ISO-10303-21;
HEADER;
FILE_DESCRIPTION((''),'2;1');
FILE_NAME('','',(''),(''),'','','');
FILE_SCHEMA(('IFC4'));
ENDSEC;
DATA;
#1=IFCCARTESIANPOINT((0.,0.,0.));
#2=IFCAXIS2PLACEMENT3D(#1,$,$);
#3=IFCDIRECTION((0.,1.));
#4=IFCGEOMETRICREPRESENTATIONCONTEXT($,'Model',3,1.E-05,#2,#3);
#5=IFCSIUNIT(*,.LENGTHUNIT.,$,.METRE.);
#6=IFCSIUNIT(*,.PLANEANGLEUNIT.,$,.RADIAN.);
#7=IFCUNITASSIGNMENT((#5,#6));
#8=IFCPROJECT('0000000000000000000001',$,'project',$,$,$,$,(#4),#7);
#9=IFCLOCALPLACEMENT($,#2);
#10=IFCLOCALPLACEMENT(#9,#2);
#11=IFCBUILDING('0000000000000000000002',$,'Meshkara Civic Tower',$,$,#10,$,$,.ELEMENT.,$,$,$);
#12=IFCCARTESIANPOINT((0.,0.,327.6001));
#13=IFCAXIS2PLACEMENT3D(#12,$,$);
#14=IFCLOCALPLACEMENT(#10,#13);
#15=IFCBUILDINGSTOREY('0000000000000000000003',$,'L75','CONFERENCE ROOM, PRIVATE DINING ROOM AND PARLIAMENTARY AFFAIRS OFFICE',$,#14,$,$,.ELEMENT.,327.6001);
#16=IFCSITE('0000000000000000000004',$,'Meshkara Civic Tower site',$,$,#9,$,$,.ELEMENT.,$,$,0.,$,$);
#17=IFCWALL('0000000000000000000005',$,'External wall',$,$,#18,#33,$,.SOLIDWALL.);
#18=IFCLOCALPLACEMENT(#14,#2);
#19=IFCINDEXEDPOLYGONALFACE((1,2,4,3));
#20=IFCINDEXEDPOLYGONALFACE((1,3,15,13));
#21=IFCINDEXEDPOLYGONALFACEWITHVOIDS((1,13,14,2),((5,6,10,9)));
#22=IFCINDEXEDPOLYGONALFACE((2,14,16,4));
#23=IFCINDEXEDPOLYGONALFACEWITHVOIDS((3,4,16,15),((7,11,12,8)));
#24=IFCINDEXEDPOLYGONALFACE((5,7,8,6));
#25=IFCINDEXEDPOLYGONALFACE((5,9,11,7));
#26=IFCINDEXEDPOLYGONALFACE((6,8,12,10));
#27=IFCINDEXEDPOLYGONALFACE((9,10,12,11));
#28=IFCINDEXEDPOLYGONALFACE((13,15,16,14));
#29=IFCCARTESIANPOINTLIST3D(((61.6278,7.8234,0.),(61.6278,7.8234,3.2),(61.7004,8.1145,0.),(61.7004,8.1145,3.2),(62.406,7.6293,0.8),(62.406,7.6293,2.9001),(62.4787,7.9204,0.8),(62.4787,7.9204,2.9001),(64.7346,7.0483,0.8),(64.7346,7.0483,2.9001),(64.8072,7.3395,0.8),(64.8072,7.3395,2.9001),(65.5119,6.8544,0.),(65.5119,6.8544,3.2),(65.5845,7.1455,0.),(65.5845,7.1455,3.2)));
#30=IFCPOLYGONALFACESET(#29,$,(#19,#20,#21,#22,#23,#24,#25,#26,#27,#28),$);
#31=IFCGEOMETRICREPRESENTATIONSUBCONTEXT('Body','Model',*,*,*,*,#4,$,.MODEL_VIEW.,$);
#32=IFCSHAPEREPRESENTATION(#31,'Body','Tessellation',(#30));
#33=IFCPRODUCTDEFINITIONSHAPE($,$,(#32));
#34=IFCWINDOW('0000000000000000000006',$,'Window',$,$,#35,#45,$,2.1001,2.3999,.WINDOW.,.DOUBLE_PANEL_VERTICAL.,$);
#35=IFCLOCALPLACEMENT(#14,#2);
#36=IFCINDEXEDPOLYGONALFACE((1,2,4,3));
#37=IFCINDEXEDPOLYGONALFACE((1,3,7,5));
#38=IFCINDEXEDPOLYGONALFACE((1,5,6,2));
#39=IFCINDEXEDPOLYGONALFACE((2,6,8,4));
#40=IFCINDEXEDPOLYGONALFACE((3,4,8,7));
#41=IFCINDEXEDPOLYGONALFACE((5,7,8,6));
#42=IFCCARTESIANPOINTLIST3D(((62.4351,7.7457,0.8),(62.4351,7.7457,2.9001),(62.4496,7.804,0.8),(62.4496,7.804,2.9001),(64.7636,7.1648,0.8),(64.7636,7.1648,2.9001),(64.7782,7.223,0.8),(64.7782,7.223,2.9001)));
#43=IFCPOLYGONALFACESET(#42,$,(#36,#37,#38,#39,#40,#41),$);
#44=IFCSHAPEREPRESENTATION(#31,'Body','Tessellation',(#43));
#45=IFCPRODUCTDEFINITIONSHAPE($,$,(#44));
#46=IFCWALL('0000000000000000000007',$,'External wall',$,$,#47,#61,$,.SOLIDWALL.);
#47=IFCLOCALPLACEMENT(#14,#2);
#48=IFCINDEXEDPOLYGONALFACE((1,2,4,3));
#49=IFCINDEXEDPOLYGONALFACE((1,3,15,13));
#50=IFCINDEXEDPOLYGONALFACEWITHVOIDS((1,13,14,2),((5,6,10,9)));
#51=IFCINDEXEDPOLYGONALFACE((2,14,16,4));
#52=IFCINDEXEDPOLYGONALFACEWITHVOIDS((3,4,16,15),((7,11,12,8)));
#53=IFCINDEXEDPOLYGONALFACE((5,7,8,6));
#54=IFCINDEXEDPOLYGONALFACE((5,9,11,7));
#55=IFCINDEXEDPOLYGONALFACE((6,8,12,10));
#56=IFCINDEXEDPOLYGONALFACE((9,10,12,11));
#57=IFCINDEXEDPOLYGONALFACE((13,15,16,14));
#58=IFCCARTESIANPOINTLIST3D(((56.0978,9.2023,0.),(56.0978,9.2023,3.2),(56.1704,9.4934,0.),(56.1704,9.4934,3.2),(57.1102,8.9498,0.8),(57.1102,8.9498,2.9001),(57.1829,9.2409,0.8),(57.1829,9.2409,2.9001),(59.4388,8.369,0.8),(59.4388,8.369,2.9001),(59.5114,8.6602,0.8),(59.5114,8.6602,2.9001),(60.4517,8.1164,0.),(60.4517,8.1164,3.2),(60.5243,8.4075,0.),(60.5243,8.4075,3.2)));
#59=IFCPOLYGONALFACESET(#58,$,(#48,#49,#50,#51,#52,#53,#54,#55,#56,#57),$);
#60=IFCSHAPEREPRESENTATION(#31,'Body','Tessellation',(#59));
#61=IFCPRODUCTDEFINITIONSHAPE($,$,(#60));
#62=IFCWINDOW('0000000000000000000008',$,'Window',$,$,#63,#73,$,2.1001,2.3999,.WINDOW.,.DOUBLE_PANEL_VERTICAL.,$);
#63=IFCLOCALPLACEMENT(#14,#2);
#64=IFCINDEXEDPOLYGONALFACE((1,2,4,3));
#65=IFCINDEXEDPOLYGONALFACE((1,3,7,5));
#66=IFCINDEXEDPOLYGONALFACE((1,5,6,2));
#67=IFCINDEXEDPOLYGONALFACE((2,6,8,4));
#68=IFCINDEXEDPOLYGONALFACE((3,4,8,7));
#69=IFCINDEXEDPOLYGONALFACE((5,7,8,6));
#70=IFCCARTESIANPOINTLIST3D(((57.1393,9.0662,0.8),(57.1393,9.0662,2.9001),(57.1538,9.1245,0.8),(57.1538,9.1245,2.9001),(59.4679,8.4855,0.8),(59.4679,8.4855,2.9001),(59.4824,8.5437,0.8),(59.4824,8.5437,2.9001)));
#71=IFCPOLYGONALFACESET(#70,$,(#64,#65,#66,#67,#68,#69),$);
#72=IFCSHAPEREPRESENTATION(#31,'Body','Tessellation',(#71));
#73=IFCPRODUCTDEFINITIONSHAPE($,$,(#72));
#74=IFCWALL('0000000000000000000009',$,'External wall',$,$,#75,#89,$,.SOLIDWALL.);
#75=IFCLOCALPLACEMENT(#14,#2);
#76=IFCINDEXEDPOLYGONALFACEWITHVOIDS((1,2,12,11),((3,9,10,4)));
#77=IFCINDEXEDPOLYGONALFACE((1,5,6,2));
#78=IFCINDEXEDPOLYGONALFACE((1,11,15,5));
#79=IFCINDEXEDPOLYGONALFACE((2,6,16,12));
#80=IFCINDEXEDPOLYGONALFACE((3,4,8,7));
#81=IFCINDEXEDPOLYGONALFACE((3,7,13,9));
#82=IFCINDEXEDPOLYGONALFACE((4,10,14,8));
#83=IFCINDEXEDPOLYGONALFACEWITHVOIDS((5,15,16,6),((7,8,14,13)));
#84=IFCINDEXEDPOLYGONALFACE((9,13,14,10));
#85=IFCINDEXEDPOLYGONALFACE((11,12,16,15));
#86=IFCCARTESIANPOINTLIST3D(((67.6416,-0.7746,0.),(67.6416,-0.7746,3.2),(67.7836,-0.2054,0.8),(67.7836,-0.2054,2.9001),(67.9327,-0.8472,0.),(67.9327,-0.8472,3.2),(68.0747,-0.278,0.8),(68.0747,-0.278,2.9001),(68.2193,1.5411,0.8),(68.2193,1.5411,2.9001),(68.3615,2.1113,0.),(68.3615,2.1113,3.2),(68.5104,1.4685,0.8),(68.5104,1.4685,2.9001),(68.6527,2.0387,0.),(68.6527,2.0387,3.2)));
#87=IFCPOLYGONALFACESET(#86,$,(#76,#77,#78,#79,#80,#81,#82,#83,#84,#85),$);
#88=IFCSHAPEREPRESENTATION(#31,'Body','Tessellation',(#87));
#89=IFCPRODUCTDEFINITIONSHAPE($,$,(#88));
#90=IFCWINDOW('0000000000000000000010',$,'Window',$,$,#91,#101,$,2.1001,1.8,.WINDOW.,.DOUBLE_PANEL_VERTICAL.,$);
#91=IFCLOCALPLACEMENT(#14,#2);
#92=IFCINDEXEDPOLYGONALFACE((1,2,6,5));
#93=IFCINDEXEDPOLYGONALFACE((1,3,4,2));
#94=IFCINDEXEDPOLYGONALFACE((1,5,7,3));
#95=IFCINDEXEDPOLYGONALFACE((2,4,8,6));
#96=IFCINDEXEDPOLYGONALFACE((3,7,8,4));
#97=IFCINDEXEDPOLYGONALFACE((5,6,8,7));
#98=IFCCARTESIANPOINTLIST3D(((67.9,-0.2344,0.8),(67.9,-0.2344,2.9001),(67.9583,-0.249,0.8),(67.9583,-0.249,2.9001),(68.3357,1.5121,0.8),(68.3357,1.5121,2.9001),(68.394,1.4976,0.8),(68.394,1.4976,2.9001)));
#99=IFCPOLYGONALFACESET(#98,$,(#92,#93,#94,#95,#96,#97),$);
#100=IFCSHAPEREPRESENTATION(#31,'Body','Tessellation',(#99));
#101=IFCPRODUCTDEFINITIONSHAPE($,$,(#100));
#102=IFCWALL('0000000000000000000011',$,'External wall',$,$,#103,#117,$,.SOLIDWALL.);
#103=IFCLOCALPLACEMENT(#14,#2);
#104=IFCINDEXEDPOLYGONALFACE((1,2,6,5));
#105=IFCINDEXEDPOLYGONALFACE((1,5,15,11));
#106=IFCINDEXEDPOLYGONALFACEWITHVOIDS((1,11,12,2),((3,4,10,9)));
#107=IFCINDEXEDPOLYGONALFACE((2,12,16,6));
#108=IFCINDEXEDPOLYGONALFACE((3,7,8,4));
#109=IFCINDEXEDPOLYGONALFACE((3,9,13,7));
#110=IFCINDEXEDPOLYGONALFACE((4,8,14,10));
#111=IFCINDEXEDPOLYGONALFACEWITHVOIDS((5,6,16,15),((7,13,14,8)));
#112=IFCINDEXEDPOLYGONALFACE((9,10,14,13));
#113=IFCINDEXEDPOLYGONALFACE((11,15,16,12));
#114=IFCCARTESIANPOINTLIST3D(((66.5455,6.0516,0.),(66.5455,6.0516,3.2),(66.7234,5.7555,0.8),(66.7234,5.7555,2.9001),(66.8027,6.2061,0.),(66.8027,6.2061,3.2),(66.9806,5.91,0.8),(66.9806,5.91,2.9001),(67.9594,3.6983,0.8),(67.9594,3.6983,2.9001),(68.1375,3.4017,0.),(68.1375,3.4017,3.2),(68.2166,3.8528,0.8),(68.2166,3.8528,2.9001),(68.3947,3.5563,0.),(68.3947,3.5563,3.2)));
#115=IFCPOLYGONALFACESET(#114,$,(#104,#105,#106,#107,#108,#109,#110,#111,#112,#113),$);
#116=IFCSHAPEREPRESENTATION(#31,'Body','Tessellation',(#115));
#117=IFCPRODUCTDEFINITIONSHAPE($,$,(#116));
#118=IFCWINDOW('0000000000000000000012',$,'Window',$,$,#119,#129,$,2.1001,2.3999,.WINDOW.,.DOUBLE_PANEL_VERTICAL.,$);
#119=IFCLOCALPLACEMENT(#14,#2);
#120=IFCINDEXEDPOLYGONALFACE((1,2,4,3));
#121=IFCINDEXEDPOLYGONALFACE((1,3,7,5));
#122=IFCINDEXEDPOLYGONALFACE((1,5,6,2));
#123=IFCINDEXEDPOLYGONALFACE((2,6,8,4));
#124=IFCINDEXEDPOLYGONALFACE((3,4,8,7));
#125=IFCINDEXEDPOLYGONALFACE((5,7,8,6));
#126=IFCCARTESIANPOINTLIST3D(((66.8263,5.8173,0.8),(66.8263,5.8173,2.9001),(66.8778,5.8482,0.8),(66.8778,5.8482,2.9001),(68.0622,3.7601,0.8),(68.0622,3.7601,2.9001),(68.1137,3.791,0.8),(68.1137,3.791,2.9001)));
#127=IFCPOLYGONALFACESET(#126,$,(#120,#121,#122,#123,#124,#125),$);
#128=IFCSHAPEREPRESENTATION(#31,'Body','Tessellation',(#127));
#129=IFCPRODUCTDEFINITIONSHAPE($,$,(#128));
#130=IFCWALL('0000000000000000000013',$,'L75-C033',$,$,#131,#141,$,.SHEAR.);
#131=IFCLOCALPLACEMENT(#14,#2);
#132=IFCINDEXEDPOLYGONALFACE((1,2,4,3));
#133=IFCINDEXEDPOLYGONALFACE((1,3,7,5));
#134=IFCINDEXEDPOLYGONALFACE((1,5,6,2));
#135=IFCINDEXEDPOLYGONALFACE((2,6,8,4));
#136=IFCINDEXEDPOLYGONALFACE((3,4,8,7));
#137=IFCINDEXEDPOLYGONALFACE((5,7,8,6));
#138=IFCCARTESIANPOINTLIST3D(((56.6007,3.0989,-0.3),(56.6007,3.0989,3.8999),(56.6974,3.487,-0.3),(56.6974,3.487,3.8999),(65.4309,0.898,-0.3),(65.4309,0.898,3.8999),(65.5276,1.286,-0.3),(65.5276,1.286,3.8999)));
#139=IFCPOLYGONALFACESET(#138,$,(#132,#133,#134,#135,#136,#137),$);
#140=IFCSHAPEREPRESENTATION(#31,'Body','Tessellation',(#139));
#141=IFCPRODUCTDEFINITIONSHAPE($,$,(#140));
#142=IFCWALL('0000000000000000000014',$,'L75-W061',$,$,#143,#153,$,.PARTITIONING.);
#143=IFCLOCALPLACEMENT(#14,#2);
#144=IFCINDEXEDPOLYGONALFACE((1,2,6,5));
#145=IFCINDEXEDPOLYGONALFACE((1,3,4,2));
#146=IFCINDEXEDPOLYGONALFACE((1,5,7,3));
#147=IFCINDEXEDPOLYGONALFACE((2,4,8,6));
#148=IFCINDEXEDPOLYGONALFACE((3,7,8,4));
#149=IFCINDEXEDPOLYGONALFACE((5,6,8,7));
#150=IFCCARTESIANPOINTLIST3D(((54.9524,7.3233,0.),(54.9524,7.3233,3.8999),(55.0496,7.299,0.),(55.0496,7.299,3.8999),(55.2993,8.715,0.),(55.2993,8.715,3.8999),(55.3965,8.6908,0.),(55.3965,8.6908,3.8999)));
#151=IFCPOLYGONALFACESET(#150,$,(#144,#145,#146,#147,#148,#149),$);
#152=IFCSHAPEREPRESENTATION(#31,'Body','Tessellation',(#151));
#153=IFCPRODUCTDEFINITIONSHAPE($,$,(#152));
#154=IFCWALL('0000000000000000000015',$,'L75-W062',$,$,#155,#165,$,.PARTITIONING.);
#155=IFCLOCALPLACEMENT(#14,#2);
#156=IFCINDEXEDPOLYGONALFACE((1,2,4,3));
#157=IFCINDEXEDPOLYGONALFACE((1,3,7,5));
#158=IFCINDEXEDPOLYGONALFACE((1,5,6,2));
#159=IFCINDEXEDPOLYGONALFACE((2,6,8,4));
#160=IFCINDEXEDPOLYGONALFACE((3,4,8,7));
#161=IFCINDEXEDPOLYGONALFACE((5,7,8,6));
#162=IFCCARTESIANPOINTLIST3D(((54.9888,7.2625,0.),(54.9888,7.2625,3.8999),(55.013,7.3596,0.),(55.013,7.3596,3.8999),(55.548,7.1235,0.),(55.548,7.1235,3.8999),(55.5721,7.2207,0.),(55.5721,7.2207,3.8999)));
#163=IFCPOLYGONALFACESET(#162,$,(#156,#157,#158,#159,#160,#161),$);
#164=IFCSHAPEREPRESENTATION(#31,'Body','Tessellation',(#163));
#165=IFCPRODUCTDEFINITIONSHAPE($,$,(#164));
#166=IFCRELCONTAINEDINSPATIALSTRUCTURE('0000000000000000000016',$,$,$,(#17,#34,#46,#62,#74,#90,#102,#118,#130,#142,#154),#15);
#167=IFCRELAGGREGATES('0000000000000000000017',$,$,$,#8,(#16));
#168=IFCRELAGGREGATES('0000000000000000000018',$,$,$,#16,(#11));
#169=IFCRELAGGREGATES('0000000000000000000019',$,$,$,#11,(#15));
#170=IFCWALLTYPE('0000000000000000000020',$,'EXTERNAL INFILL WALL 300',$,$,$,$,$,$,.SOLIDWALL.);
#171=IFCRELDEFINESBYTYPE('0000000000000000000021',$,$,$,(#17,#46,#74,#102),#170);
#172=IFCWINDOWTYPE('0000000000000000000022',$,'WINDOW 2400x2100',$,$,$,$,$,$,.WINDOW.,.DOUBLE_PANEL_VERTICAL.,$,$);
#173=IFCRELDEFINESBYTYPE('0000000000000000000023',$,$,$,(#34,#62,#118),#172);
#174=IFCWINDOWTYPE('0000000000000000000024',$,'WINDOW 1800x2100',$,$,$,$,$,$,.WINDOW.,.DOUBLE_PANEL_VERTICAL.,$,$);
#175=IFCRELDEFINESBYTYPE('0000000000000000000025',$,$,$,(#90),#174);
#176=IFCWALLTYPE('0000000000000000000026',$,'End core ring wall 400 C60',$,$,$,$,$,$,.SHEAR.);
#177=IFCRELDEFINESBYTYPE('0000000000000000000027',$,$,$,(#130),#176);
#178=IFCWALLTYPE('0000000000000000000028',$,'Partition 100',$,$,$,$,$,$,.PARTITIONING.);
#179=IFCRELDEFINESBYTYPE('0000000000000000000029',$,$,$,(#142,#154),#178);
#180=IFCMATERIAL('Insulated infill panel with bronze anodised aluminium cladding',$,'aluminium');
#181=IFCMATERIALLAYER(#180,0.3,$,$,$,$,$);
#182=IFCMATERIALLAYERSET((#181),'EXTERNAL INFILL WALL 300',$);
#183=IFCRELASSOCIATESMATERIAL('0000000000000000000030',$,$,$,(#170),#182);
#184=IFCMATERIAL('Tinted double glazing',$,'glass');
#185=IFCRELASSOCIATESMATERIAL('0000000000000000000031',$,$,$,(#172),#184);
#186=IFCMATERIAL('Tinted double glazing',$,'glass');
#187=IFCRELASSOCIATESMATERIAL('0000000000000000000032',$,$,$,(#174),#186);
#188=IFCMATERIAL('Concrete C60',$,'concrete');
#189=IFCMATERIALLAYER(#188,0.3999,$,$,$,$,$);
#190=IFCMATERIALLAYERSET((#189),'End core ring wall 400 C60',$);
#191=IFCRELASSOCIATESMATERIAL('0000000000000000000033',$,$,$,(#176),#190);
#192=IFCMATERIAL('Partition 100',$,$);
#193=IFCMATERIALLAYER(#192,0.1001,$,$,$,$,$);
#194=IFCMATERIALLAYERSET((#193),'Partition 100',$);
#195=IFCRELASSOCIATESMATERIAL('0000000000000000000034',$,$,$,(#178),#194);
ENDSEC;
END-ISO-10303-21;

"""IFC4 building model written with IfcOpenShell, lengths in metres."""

from ifc_helpers import new_model, si_unit, direction, frame, frame_2d, origin, place, context, subcontext, project, spatial, rectangle, extrude, material, layer, layer_set, type_object, element, fill, save


model = new_model("IFC4")

# Units and contexts
model_context = context("Model", 3, precision=1e-05, world=origin(), true_north=direction((0.0, 1.0)))
body_context = subcontext(model_context, "Body", "Model", "MODEL_VIEW")
ifc_project = project(units=[si_unit("LENGTHUNIT", "METRE"), si_unit("PLANEANGLEUNIT", "RADIAN")], contexts=[model_context])

# Site, building, storey
site_placement = place(None, origin())
site = spatial("IfcSite", under=ifc_project, at=site_placement, Name="Meshkara Civic Tower site", CompositionType="ELEMENT", RefElevation=0.0)
building_placement = place(site_placement, origin())
building = spatial("IfcBuilding", under=site, at=building_placement, Name="Meshkara Civic Tower", CompositionType="ELEMENT")
storey_placement = place(building_placement, frame((0.0, 0.0, 327.6001)))
storey = spatial("IfcBuildingStorey", under=building, at=storey_placement, Name="L75", Description="CONFERENCE ROOM, PRIVATE DINING ROOM AND PARLIAMENTARY AFFAIRS OFFICE", CompositionType="ELEMENT", Elevation=327.6001)

# Walls, openings, windows
ifc_material_1 = material(Name="Insulated infill panel with bronze anodised aluminium cladding", Category="aluminium")
ifc_layer_1 = layer(ifc_material_1, 0.3)
ifc_layer_set_1 = layer_set([ifc_layer_1], Name="EXTERNAL INFILL WALL 300")
wall_type_1 = type_object("IfcWallType", Name="EXTERNAL INFILL WALL 300", PredefinedType="SOLIDWALL", material=ifc_layer_set_1)
wall_1_placement = place(storey_placement, frame((65.5481, 7.0, 0.0), z_axis=(0.0, 0.0, 1.0), x_axis=(-0.970261, 0.242062, 0.0)))
wall_1 = element("IfcWall", 1, at=wall_1_placement, inside=storey, type_object=wall_type_1, Name="External wall", PredefinedType="SOLIDWALL", context=body_context, shape_type="SweptSolid", body=[
    extrude(rectangle(XDim=4.0032, YDim=0.3, at=frame_2d((2.0015, 0.0))), origin(), (0.0, 0.0, 1.0), 3.2),
])
opening_1_placement = place(wall_1_placement, frame((0.801, 0.0, 0.8)))
opening_1 = element("IfcOpeningElement", 2, at=opening_1_placement, cuts=wall_1, PredefinedType="OPENING", context=body_context, shape_type="SweptSolid", body=[
    extrude(rectangle(XDim=2.3999, YDim=2.1001, at=frame_2d((1.2, 1.05))), frame((0.0, 0.1599, 0.0), z_axis=(0.0, -1.0, 0.0), x_axis=(1.0, 0.0, 0.0)), (0.0, 0.0, 1.0), 0.3201),
])
ifc_material_2 = material(Name="Tinted double glazing", Category="glass")
window_type_1 = type_object("IfcWindowType", Name="WINDOW 2400x2100", PartitioningType="DOUBLE_PANEL_VERTICAL", PredefinedType="WINDOW", material=ifc_material_2)
window_1_placement = place(opening_1_placement, origin())
window_1 = element("IfcWindow", 3, at=window_1_placement, inside=storey, type_object=window_type_1, Name="Window", OverallHeight=2.1001, OverallWidth=2.3999, PartitioningType="DOUBLE_PANEL_VERTICAL", PredefinedType="WINDOW", context=body_context, shape_type="SweptSolid", body=[
    extrude(rectangle(XDim=2.3999, YDim=2.1001, at=frame_2d((1.2, 1.05))), frame((0.0, 0.03, 0.0), z_axis=(0.0, -1.0, 0.0), x_axis=(1.0, 0.0, 0.0)), (0.0, 0.0, 1.0), 0.0601),
])
fill(opening_1, window_1)
wall_2_placement = place(storey_placement, frame((60.488, 8.262, 0.0), z_axis=(0.0, 0.0, 1.0), x_axis=(-0.970277, 0.241998, 0.0)))
wall_2 = element("IfcWall", 4, at=wall_2_placement, inside=storey, type_object=wall_type_1, Name="External wall", PredefinedType="SOLIDWALL", context=body_context, shape_type="SweptSolid", body=[
    extrude(rectangle(XDim=4.4873, YDim=0.3, at=frame_2d((2.2437, 0.0))), origin(), (0.0, 0.0, 1.0), 3.2),
])
opening_2_placement = place(wall_2_placement, frame((1.0439, 0.0, 0.8)))
opening_2 = element("IfcOpeningElement", 5, at=opening_2_placement, cuts=wall_2, PredefinedType="OPENING", context=body_context, shape_type="SweptSolid", body=[
    extrude(rectangle(XDim=2.3999, YDim=2.1001, at=frame_2d((1.2, 1.05))), frame((0.0, 0.1599, 0.0), z_axis=(0.0, -1.0, 0.0), x_axis=(1.0, 0.0, 0.0)), (0.0, 0.0, 1.0), 0.3201),
])
window_2_placement = place(opening_2_placement, origin())
window_2 = element("IfcWindow", 6, at=window_2_placement, inside=storey, type_object=window_type_1, Name="Window", OverallHeight=2.1001, OverallWidth=2.3999, PartitioningType="DOUBLE_PANEL_VERTICAL", PredefinedType="WINDOW", context=body_context, shape_type="SweptSolid", body=[
    extrude(rectangle(XDim=2.3999, YDim=2.1001, at=frame_2d((1.2, 1.05))), frame((0.0, 0.03, 0.0), z_axis=(0.0, -1.0, 0.0), x_axis=(1.0, 0.0, 0.0)), (0.0, 0.0, 1.0), 0.0601),
])
fill(opening_2, window_2)
wall_3_placement = place(storey_placement, frame((67.7871, -0.811, 0.0), z_axis=(0.0, 0.0, 1.0), x_axis=(0.242053, 0.970263, 0.0)))
wall_3 = element("IfcWall", 7, at=wall_3_placement, inside=storey, type_object=wall_type_1, Name="External wall", PredefinedType="SOLIDWALL", context=body_context, shape_type="SweptSolid", body=[
    extrude(rectangle(XDim=2.9744, YDim=0.3, at=frame_2d((1.4873, 0.0))), origin(), (0.0, 0.0, 1.0), 3.2),
])
opening_3_placement = place(wall_3_placement, frame((0.5869, 0.0, 0.8)))
opening_3 = element("IfcOpeningElement", 8, at=opening_3_placement, cuts=wall_3, PredefinedType="OPENING", context=body_context, shape_type="SweptSolid", body=[
    extrude(rectangle(XDim=1.8, YDim=2.1001, at=frame_2d((0.8999, 1.05))), frame((0.0, 0.1599, 0.0), z_axis=(0.0, -1.0, 0.0), x_axis=(1.0, 0.0, 0.0)), (0.0, 0.0, 1.0), 0.3201),
])
ifc_material_3 = material(Name="Tinted double glazing", Category="glass")
window_type_2 = type_object("IfcWindowType", Name="WINDOW 1800x2100", PartitioningType="DOUBLE_PANEL_VERTICAL", PredefinedType="WINDOW", material=ifc_material_3)
window_3_placement = place(opening_3_placement, origin())
window_3 = element("IfcWindow", 9, at=window_3_placement, inside=storey, type_object=window_type_2, Name="Window", OverallHeight=2.1001, OverallWidth=1.8, PartitioningType="DOUBLE_PANEL_VERTICAL", PredefinedType="WINDOW", context=body_context, shape_type="SweptSolid", body=[
    extrude(rectangle(XDim=1.8, YDim=2.1001, at=frame_2d((0.8999, 1.05))), frame((0.0, 0.03, 0.0), z_axis=(0.0, -1.0, 0.0), x_axis=(1.0, 0.0, 0.0)), (0.0, 0.0, 1.0), 0.0601),
])
fill(opening_3, window_3)
wall_4_placement = place(storey_placement, frame((68.2661, 3.479, 0.0), z_axis=(0.0, 0.0, 1.0), x_axis=(-0.514995, 0.857193, 0.0)))
wall_4 = element("IfcWall", 10, at=wall_4_placement, inside=storey, type_object=wall_type_1, Name="External wall", PredefinedType="SOLIDWALL", context=body_context, shape_type="SweptSolid", body=[
    extrude(rectangle(XDim=3.0913, YDim=0.3, at=frame_2d((1.5457, 0.0))), origin(), (0.0, 0.0, 1.0), 3.2),
])
opening_4_placement = place(wall_4_placement, frame((0.3459, 0.0, 0.8)))
opening_4 = element("IfcOpeningElement", 11, at=opening_4_placement, cuts=wall_4, PredefinedType="OPENING", context=body_context, shape_type="SweptSolid", body=[
    extrude(rectangle(XDim=2.3999, YDim=2.1001, at=frame_2d((1.2, 1.05))), frame((0.0, 0.1599, 0.0), z_axis=(0.0, -1.0, 0.0), x_axis=(1.0, 0.0, 0.0)), (0.0, 0.0, 1.0), 0.3201),
])
window_4_placement = place(opening_4_placement, origin())
window_4 = element("IfcWindow", 12, at=window_4_placement, inside=storey, type_object=window_type_1, Name="Window", OverallHeight=2.1001, OverallWidth=2.3999, PartitioningType="DOUBLE_PANEL_VERTICAL", PredefinedType="WINDOW", context=body_context, shape_type="SweptSolid", body=[
    extrude(rectangle(XDim=2.3999, YDim=2.1001, at=frame_2d((1.2, 1.05))), frame((0.0, 0.03, 0.0), z_axis=(0.0, -1.0, 0.0), x_axis=(1.0, 0.0, 0.0)), (0.0, 0.0, 1.0), 0.0601),
])
fill(opening_4, window_4)

# Walls
ifc_material_4 = material(Name="Concrete C60", Category="concrete")
ifc_layer_2 = layer(ifc_material_4, 0.3999)
ifc_layer_set_2 = layer_set([ifc_layer_2], Name="End core ring wall 400 C60")
wall_type_2 = type_object("IfcWallType", Name="End core ring wall 400 C60", PredefinedType="SHEAR", material=ifc_layer_set_2)
wall_5_placement = place(storey_placement, frame((56.6489, 3.293, -0.3), z_axis=(0.0, 0.0, 1.0), x_axis=(0.970313, -0.241854, 0.0)))
element("IfcWall", 13, at=wall_5_placement, inside=storey, type_object=wall_type_2, Name="L75-C033", PredefinedType="SHEAR", context=body_context, shape_type="SweptSolid", body=[
    extrude(rectangle(XDim=9.1003, YDim=0.3999, at=frame_2d((4.5503, 0.0))), origin(), (0.0, 0.0, 1.0), 4.2),
])
ifc_material_5 = material(Name="Partition 100")
ifc_layer_3 = layer(ifc_material_5, 0.1001)
ifc_layer_set_3 = layer_set([ifc_layer_3], Name="Partition 100")
wall_type_3 = type_object("IfcWallType", Name="Partition 100", PredefinedType="PARTITIONING", material=ifc_layer_set_3)
wall_6_placement = place(storey_placement, frame((55.001, 7.311, 0.0), z_axis=(0.0, 0.0, 1.0), x_axis=(0.241855, 0.970312, 0.0)))
element("IfcWall", 14, at=wall_6_placement, inside=storey, type_object=wall_type_3, Name="L75-W061", PredefinedType="PARTITIONING", context=body_context, shape_type="SweptSolid", body=[
    extrude(rectangle(XDim=1.4343, YDim=0.1001, at=frame_2d((0.7173, 0.0))), origin(), (0.0, 0.0, 1.0), 3.8999),
])
wall_7_placement = place(storey_placement, frame((55.5601, 7.1721, 0.0), z_axis=(0.0, 0.0, 1.0), x_axis=(-0.970491, 0.241139, 0.0)))
element("IfcWall", 15, at=wall_7_placement, inside=storey, type_object=wall_type_3, Name="L75-W062", PredefinedType="PARTITIONING", context=body_context, shape_type="SweptSolid", body=[
    extrude(rectangle(XDim=0.5762, YDim=0.1001, at=frame_2d((0.2881, 0.0))), origin(), (0.0, 0.0, 1.0), 3.8999),
])

save(model, "model.ifc")
